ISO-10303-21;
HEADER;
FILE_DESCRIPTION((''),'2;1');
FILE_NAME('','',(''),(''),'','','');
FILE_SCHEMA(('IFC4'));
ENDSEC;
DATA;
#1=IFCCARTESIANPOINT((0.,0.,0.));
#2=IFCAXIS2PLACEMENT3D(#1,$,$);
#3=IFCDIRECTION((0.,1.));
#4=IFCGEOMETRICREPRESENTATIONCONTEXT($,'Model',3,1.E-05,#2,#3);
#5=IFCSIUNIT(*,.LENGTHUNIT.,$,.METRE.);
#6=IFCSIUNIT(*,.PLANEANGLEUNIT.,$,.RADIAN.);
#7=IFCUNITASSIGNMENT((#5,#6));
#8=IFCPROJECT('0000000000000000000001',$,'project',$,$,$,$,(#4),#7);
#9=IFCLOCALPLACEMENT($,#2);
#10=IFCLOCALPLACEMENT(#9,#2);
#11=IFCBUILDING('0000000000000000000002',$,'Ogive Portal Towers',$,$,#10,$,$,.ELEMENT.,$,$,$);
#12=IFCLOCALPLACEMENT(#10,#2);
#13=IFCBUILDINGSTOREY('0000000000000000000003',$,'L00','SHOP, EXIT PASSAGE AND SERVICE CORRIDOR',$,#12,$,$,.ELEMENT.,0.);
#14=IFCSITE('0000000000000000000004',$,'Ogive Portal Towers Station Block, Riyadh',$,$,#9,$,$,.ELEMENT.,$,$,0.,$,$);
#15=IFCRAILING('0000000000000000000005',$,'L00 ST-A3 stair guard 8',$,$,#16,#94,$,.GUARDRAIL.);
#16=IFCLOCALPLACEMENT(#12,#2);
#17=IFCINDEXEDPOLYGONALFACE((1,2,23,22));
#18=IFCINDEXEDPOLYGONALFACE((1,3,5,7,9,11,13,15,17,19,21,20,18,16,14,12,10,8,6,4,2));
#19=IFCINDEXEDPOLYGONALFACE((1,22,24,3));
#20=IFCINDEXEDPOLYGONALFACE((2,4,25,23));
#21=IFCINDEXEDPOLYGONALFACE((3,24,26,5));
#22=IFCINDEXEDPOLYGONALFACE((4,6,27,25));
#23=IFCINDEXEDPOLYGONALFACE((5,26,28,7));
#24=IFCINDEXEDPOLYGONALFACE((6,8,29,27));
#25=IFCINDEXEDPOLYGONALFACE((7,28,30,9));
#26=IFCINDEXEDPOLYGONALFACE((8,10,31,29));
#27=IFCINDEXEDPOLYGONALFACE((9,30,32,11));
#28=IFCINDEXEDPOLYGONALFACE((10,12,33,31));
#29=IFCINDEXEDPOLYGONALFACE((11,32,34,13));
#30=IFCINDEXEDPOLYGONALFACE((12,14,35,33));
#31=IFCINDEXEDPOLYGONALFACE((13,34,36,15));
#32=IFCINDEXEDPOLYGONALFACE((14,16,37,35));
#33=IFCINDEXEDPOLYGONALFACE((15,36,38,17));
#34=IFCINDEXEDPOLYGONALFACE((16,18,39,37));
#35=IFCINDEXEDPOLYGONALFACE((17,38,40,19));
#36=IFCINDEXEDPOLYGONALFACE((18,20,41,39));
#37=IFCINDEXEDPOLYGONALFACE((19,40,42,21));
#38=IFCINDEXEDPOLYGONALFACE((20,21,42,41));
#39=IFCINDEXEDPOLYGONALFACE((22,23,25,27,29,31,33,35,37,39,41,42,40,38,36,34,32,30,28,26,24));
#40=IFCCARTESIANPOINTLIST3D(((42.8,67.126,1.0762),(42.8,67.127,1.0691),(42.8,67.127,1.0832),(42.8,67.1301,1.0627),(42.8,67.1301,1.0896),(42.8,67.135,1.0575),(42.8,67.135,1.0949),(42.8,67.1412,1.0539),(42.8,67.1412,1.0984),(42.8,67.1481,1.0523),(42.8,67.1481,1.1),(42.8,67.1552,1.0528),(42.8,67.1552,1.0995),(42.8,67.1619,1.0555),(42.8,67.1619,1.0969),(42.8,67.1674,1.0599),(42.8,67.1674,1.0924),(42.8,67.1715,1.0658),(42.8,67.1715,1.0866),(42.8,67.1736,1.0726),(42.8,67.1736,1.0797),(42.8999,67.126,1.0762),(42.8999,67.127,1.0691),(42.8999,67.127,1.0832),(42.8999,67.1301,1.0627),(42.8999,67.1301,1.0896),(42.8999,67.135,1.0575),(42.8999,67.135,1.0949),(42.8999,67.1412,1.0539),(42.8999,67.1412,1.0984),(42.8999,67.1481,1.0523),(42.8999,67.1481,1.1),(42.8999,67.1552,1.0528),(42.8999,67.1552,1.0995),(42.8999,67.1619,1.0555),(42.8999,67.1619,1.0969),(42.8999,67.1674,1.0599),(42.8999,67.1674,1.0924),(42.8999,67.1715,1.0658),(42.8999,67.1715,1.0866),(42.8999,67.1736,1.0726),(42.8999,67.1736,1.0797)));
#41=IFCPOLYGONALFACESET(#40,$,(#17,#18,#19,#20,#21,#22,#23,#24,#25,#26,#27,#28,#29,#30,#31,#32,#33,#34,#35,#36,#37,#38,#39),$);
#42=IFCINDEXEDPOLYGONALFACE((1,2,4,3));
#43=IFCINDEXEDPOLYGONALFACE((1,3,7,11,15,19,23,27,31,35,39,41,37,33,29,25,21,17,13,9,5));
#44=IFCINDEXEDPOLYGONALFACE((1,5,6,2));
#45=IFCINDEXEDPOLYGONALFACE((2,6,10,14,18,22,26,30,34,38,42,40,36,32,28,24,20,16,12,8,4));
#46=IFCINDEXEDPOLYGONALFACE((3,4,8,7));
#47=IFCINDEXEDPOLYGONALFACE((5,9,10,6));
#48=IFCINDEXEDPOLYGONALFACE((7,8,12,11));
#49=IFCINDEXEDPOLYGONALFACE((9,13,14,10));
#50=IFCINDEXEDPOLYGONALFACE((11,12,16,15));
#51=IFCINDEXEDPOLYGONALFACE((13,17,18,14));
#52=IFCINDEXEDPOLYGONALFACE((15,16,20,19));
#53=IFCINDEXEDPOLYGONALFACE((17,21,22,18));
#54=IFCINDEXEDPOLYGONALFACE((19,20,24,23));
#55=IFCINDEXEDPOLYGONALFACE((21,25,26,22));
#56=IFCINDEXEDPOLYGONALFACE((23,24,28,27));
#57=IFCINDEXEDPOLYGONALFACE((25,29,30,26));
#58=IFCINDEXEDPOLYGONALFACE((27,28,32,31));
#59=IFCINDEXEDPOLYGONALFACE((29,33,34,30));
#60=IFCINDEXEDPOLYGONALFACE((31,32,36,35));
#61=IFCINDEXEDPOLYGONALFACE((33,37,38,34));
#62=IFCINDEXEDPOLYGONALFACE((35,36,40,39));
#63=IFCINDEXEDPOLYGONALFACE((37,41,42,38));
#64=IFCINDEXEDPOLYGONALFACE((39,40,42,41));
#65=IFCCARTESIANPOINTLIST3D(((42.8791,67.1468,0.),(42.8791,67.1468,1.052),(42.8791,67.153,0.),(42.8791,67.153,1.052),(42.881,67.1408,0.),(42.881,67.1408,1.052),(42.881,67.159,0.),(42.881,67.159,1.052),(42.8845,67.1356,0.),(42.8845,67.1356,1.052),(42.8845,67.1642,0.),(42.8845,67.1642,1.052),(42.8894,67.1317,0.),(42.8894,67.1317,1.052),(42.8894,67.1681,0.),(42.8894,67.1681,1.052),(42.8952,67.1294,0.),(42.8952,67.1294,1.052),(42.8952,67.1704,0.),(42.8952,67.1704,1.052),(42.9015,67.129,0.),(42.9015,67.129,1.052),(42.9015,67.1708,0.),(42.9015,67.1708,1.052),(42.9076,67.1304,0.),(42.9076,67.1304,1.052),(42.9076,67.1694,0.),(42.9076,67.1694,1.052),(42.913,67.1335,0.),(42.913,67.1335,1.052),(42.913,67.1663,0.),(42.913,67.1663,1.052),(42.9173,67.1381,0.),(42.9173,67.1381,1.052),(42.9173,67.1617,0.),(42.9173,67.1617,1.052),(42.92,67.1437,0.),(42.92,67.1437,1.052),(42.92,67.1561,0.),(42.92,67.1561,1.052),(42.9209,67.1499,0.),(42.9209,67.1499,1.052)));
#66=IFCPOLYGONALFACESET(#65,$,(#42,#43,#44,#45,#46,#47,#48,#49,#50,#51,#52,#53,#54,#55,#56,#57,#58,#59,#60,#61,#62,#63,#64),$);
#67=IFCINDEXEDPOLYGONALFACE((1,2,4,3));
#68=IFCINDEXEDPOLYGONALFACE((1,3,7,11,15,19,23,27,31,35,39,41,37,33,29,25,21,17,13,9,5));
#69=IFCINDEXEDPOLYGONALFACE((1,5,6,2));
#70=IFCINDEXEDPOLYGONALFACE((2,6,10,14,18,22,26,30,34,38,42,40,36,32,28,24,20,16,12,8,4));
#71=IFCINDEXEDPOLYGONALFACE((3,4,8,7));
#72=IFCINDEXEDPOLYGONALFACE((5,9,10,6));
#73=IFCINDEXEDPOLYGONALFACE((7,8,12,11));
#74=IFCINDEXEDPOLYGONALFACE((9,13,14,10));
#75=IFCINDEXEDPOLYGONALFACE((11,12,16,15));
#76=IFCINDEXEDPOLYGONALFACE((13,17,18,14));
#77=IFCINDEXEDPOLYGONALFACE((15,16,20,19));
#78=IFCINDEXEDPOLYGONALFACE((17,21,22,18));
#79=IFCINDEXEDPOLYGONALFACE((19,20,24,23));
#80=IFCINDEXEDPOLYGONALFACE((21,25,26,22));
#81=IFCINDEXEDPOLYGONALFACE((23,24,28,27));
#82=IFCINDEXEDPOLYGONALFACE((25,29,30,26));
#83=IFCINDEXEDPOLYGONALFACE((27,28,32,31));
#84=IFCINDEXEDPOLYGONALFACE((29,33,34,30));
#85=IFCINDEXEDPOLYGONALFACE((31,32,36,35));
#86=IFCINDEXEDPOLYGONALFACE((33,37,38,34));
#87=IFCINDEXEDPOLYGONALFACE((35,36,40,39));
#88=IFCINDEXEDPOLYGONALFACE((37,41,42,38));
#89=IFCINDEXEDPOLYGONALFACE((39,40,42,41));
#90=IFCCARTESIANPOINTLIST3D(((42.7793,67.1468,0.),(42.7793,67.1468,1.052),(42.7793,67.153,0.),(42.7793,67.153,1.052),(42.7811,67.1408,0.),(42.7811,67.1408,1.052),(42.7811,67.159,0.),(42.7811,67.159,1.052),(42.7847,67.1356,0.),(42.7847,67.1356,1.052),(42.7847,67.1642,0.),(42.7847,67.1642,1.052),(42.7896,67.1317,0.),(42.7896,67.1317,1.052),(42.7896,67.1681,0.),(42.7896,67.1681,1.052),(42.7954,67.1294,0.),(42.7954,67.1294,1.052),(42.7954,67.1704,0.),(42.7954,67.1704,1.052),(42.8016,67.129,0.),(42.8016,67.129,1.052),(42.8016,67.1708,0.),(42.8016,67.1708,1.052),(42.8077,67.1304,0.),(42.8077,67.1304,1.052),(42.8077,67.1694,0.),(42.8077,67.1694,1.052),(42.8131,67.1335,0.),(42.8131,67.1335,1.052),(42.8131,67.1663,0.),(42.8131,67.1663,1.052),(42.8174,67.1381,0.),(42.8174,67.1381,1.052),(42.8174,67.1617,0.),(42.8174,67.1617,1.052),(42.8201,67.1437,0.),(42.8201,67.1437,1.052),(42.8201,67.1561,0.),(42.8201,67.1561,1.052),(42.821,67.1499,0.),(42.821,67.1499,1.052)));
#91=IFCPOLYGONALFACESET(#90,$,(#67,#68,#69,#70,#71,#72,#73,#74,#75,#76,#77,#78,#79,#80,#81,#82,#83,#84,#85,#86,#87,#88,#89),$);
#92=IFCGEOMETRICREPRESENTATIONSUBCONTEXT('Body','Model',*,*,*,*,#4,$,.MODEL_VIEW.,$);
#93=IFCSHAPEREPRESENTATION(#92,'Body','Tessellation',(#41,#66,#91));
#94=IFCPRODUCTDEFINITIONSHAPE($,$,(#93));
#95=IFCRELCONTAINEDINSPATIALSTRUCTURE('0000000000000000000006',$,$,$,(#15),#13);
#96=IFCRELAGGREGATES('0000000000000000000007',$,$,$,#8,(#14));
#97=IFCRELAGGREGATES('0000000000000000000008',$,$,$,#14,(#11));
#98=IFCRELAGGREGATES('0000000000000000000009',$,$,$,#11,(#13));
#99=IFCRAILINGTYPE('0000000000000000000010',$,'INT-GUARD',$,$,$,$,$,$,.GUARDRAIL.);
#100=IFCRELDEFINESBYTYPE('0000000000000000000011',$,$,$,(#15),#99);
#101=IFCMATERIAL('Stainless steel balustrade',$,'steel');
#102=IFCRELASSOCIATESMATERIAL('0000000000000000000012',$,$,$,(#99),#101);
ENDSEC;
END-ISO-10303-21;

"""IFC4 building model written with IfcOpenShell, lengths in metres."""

from ifc_helpers import new_model, si_unit, direction, frame, origin, origin_2d, place, context, subcontext, project, spatial, circle, extrude, material, type_object, element, save


model = new_model("IFC4")

# Units and contexts
model_context = context("Model", 3, precision=1e-05, world=origin(), true_north=direction((0.0, 1.0)))
body_context = subcontext(model_context, "Body", "Model", "MODEL_VIEW")
ifc_project = project(units=[si_unit("LENGTHUNIT", "METRE"), si_unit("PLANEANGLEUNIT", "RADIAN")], contexts=[model_context])

# Site, building, storey
site_placement = place(None, origin())
site = spatial("IfcSite", under=ifc_project, at=site_placement, Name="Ogive Portal Towers Station Block, Riyadh", CompositionType="ELEMENT", RefElevation=0.0)
building_placement = place(site_placement, origin())
building = spatial("IfcBuilding", under=site, at=building_placement, Name="Ogive Portal Towers", CompositionType="ELEMENT")
storey_placement = place(building_placement, origin())
storey = spatial("IfcBuildingStorey", under=building, at=storey_placement, Name="L00", Description="SHOP, EXIT PASSAGE AND SERVICE CORRIDOR", CompositionType="ELEMENT", Elevation=0.0)

# Railing
ifc_material_1 = material(Name="Stainless steel balustrade", Category="steel")
railing_type_1 = type_object("IfcRailingType", Name="INT-GUARD", PredefinedType="GUARDRAIL", material=ifc_material_1)
railing_1_placement = place(storey_placement, frame((42.8999, 67.1499, 0.0)))
element("IfcRailing", 1, at=railing_1_placement, inside=storey, type_object=railing_type_1, Name="L00 ST-A3 stair guard 8", PredefinedType="GUARDRAIL", context=body_context, shape_type="SweptSolid", body=[
    extrude(circle(Radius=0.0239, at=origin_2d()), frame((0.0, 0.0, 1.0762), z_axis=(-1.0, 0.0, 0.0), x_axis=(0.0, -1.0, 0.0)), (0.0, 0.0, 1.0), 0.0999),
    extrude(circle(Radius=0.021, at=origin_2d()), origin(), (0.0, 0.0, 1.0), 1.052),
    extrude(circle(Radius=0.021, at=origin_2d()), frame((-0.0999, 0.0, 0.0)), (0.0, 0.0, 1.0), 1.052),
])

save(model, "model.ifc")
